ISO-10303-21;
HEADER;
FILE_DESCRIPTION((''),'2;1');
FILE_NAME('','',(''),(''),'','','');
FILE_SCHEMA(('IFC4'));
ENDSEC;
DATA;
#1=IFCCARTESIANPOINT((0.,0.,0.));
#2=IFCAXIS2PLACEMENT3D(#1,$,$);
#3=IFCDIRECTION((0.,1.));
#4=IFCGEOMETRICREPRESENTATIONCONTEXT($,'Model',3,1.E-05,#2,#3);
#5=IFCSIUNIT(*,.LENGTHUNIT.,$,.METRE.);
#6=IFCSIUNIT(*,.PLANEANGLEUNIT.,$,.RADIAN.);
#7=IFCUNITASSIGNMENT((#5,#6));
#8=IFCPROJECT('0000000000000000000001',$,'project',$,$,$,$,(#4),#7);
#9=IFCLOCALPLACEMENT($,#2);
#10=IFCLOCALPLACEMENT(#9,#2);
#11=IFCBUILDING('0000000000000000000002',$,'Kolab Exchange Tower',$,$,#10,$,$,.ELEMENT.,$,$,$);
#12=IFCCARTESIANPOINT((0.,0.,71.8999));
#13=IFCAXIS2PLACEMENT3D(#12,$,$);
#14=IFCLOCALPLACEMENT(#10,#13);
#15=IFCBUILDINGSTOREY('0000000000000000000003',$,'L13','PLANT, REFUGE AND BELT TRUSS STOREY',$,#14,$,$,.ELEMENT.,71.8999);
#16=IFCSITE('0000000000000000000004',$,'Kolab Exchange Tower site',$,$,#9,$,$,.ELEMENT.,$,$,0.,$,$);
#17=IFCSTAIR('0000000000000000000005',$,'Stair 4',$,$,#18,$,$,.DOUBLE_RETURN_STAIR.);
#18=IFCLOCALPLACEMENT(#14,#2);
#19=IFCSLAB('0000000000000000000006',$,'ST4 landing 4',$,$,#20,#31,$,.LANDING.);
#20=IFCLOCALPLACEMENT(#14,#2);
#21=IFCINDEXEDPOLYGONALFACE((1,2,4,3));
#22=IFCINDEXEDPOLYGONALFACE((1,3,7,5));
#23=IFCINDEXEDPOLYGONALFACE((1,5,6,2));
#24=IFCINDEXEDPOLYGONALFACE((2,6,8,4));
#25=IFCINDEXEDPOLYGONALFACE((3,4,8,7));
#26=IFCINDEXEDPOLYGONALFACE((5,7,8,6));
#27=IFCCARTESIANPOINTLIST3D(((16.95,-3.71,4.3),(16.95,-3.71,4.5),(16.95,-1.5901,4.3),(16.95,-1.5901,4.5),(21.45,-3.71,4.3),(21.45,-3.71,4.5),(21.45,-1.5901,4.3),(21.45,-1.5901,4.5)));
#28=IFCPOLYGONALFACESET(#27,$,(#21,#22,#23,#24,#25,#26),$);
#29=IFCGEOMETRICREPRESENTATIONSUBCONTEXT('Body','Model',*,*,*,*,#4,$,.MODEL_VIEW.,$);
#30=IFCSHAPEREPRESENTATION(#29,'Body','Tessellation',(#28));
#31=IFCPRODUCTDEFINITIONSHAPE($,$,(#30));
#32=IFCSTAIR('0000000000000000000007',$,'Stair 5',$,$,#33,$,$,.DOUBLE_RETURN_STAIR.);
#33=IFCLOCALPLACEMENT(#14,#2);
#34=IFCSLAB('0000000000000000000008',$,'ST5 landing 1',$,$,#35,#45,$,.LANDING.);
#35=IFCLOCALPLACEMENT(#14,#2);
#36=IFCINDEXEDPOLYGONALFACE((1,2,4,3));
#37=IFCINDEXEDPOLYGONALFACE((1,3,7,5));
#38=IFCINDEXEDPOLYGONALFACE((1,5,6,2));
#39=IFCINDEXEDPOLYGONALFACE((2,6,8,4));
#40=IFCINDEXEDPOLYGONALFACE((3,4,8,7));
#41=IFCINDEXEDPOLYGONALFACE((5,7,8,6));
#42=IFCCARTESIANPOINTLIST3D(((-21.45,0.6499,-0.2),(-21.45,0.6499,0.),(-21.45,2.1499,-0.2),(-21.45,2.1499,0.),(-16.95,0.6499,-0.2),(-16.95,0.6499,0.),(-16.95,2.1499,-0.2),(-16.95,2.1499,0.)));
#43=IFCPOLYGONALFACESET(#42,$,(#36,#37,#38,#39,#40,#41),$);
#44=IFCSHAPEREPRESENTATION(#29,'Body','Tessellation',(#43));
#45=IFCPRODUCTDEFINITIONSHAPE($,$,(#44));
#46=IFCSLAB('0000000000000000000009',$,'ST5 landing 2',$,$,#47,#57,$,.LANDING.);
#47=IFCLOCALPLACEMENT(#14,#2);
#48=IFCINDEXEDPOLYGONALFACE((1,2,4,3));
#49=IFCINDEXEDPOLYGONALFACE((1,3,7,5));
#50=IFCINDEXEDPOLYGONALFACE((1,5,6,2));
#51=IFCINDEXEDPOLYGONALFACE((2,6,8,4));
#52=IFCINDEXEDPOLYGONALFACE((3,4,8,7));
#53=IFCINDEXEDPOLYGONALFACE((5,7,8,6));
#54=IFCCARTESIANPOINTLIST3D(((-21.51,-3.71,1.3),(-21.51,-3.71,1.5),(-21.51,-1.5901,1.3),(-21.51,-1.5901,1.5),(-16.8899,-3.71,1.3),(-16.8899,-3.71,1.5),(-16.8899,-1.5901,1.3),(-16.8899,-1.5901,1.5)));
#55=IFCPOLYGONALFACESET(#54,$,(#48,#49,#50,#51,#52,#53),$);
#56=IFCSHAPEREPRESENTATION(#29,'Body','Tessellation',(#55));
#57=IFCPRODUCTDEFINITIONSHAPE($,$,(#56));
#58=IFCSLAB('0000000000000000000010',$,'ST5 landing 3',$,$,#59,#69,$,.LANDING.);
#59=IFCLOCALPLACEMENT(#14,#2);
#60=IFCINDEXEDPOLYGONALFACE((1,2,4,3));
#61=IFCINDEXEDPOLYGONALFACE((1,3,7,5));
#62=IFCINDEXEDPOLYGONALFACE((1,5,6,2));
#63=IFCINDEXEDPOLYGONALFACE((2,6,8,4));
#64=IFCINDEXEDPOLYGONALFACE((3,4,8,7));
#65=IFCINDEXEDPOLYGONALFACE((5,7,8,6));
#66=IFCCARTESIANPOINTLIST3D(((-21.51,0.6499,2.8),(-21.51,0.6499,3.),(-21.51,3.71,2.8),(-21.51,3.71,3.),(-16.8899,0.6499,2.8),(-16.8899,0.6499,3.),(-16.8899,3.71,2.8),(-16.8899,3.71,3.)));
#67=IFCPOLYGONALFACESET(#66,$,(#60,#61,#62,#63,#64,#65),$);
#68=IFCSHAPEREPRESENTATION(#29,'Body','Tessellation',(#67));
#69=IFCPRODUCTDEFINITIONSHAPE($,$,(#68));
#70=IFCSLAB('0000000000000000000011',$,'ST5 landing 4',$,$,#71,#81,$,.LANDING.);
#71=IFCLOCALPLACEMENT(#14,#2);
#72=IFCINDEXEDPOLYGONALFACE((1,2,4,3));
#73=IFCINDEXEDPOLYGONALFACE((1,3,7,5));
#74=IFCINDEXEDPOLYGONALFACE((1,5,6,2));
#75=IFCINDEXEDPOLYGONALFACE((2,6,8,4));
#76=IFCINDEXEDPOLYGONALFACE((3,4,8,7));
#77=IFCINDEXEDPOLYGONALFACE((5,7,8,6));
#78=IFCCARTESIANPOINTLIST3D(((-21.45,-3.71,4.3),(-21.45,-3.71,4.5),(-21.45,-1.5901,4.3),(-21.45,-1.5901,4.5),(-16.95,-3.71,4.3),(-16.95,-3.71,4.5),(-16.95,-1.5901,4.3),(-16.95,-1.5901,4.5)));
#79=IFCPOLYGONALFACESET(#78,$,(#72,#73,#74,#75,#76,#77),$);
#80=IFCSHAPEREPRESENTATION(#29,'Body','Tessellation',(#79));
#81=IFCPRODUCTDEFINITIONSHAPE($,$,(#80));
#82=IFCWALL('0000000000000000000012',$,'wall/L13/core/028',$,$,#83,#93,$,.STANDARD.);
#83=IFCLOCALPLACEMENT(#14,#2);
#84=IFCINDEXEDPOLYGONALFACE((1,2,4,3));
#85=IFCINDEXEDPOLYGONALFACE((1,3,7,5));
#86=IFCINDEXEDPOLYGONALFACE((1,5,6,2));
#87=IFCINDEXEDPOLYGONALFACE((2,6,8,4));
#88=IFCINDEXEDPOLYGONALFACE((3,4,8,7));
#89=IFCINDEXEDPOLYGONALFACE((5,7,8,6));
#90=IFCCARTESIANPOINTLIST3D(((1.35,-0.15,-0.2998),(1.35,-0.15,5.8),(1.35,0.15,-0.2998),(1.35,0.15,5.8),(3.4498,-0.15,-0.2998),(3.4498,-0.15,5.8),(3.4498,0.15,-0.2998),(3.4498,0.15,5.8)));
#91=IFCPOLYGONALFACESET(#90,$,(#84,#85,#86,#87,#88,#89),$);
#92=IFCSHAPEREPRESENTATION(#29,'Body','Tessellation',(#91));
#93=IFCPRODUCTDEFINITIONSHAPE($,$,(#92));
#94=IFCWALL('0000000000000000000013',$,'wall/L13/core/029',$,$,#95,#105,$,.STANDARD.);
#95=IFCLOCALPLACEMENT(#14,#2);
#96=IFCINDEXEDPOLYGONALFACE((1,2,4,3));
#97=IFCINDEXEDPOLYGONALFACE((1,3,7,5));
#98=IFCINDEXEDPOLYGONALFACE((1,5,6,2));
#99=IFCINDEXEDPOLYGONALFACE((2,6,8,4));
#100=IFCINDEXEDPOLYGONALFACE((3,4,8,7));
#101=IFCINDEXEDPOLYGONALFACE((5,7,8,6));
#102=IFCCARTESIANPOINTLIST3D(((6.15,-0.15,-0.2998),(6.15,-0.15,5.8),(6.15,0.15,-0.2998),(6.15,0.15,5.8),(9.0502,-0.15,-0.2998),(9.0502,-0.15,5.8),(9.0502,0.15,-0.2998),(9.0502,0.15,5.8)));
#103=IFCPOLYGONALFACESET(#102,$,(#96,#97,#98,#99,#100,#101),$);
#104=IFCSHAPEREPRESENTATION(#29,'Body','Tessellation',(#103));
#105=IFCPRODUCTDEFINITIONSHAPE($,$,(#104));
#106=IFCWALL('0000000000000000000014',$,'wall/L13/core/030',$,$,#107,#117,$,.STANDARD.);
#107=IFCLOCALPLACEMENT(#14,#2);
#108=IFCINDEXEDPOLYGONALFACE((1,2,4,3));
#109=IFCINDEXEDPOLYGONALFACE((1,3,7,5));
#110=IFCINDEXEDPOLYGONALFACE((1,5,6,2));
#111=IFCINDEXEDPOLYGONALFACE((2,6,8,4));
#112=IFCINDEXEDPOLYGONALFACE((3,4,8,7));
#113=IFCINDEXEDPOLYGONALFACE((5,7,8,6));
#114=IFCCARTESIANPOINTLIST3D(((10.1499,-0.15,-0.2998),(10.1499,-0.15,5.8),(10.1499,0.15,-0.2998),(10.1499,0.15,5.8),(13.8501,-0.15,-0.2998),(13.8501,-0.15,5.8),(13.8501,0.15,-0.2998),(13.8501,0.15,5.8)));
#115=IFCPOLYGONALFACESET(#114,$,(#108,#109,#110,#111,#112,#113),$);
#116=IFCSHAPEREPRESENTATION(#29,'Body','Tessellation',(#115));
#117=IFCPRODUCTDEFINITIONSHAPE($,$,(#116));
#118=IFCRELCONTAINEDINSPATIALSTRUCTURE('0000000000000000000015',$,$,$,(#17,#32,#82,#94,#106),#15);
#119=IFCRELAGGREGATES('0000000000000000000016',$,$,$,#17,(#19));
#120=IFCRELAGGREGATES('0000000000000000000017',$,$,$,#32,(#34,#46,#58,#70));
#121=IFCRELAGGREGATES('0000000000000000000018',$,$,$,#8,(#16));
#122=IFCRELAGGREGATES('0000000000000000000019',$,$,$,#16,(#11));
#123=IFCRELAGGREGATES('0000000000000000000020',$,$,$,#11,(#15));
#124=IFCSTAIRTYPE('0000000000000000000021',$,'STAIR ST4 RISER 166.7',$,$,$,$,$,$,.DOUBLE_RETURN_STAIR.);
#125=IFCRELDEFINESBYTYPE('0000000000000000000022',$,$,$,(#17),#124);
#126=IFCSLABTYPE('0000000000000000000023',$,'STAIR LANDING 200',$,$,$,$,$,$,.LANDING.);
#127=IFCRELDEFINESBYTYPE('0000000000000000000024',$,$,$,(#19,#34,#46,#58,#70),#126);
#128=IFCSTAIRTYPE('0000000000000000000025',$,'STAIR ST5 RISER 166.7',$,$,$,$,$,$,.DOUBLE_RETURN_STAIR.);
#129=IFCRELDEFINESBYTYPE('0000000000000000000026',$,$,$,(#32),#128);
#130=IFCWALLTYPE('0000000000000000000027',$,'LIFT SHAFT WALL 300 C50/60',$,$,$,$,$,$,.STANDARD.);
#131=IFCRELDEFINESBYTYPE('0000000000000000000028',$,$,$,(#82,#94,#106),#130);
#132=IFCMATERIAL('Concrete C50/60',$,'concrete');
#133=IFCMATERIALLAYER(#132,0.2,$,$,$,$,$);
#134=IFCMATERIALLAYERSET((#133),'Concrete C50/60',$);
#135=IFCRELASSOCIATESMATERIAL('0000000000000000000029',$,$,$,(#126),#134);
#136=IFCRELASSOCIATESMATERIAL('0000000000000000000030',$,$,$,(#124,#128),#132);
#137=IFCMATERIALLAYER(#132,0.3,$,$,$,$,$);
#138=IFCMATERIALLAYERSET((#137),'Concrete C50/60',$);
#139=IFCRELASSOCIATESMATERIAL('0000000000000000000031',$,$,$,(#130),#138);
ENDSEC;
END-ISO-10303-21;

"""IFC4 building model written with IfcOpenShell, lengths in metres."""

from ifc_helpers import new_model, si_unit, direction, frame, frame_2d, origin, place, context, subcontext, project, spatial, polyline, rectangle, outline, extrude, material, layer, layer_set, type_object, element, aggregate, save


model = new_model("IFC4")

# Units and contexts
model_context = context("Model", 3, precision=1e-05, world=origin(), true_north=direction((0.0, 1.0)))
body_context = subcontext(model_context, "Body", "Model", "MODEL_VIEW")
ifc_project = project(units=[si_unit("LENGTHUNIT", "METRE"), si_unit("PLANEANGLEUNIT", "RADIAN")], contexts=[model_context])

# Site, building, storey
site_placement = place(None, origin())
site = spatial("IfcSite", under=ifc_project, at=site_placement, Name="Kolab Exchange Tower site", CompositionType="ELEMENT", RefElevation=0.0)
building_placement = place(site_placement, origin())
building = spatial("IfcBuilding", under=site, at=building_placement, Name="Kolab Exchange Tower", CompositionType="ELEMENT")
storey_placement = place(building_placement, frame((0.0, 0.0, 71.8999)))
storey = spatial("IfcBuildingStorey", under=building, at=storey_placement, Name="L13", Description="PLANT, REFUGE AND BELT TRUSS STOREY", CompositionType="ELEMENT", Elevation=71.8999)

# Stairs, slabs
ifc_material_1 = material(Name="Concrete C50/60", Category="concrete")
ifc_layer_1 = layer(ifc_material_1, 0.2)
ifc_layer_set_1 = layer_set([ifc_layer_1], Name="Concrete C50/60")
slab_type = type_object("IfcSlabType", Name="STAIR LANDING 200", PredefinedType="LANDING", material=ifc_layer_set_1)
stair_type_1 = type_object("IfcStairType", Name="STAIR ST4 RISER 166.7", PredefinedType="DOUBLE_RETURN_STAIR", material=ifc_material_1)
stair_1_placement = place(storey_placement, origin())
stair_1 = element("IfcStair", 1, at=stair_1_placement, inside=storey, type_object=stair_type_1, Name="Stair 4", PredefinedType="DOUBLE_RETURN_STAIR")
slab_1_placement = place(storey_placement, frame((0.0, 0.0, 4.3)))
slab_1 = element("IfcSlab", 2, at=slab_1_placement, type_object=slab_type, Name="ST4 landing 4", PredefinedType="LANDING", context=body_context, shape_type="SweptSolid", body=[
    extrude(outline(polyline([(16.95, -3.71), (21.45, -3.71), (21.45, -1.5901), (16.95, -1.5901), (16.95, -3.71)])), origin(), (0.0, 0.0, 1.0), 0.2),
])
aggregate(stair_1, [slab_1])
stair_type_2 = type_object("IfcStairType", Name="STAIR ST5 RISER 166.7", PredefinedType="DOUBLE_RETURN_STAIR", material=ifc_material_1)
stair_2_placement = place(storey_placement, origin())
stair_2 = element("IfcStair", 3, at=stair_2_placement, inside=storey, type_object=stair_type_2, Name="Stair 5", PredefinedType="DOUBLE_RETURN_STAIR")
slab_2_placement = place(storey_placement, frame((0.0, 0.0, -0.2)))
slab_2 = element("IfcSlab", 4, at=slab_2_placement, type_object=slab_type, Name="ST5 landing 1", PredefinedType="LANDING", context=body_context, shape_type="SweptSolid", body=[
    extrude(outline(polyline([(-21.45, 0.6499), (-16.95, 0.6499), (-16.95, 2.1499), (-21.45, 2.1499), (-21.45, 0.6499)])), origin(), (0.0, 0.0, 1.0), 0.2),
])
slab_3_placement = place(storey_placement, frame((0.0, 0.0, 1.3)))
slab_3 = element("IfcSlab", 5, at=slab_3_placement, type_object=slab_type, Name="ST5 landing 2", PredefinedType="LANDING", context=body_context, shape_type="SweptSolid", body=[
    extrude(outline(polyline([(-21.51, -3.71), (-16.8899, -3.71), (-16.8899, -1.5901), (-21.51, -1.5901), (-21.51, -3.71)])), origin(), (0.0, 0.0, 1.0), 0.2),
])
slab_4_placement = place(storey_placement, frame((0.0, 0.0, 2.8)))
slab_4 = element("IfcSlab", 6, at=slab_4_placement, type_object=slab_type, Name="ST5 landing 3", PredefinedType="LANDING", context=body_context, shape_type="SweptSolid", body=[
    extrude(outline(polyline([(-21.51, 0.6499), (-16.8899, 0.6499), (-16.8899, 3.71), (-21.51, 3.71), (-21.51, 0.6499)])), origin(), (0.0, 0.0, 1.0), 0.2),
])
slab_5_placement = place(storey_placement, frame((0.0, 0.0, 4.3)))
slab_5 = element("IfcSlab", 7, at=slab_5_placement, type_object=slab_type, Name="ST5 landing 4", PredefinedType="LANDING", context=body_context, shape_type="SweptSolid", body=[
    extrude(outline(polyline([(-21.45, -3.71), (-16.95, -3.71), (-16.95, -1.5901), (-21.45, -1.5901), (-21.45, -3.71)])), origin(), (0.0, 0.0, 1.0), 0.2),
])
aggregate(stair_2, [slab_2, slab_3, slab_4, slab_5])

# Walls
ifc_layer_2 = layer(ifc_material_1, 0.3)
ifc_layer_set_2 = layer_set([ifc_layer_2], Name="Concrete C50/60")
wall_type = type_object("IfcWallType", Name="LIFT SHAFT WALL 300 C50/60", PredefinedType="STANDARD", material=ifc_layer_set_2)
wall_1_placement = place(storey_placement, frame((1.3501, 0.0, -0.2998), z_axis=(0.0, 0.0, 1.0), x_axis=(1.0, 0.0, 0.0)))
element("IfcWall", 8, at=wall_1_placement, inside=storey, type_object=wall_type, Name="wall/L13/core/028", PredefinedType="STANDARD", context=body_context, shape_type="SweptSolid", body=[
    extrude(rectangle(XDim=2.0999, YDim=0.3, at=frame_2d((1.0498, 0.0))), origin(), (0.0, 0.0, 1.0), 6.0999),
])
wall_2_placement = place(storey_placement, frame((6.1499, 0.0, -0.2998), z_axis=(0.0, 0.0, 1.0), x_axis=(1.0, 0.0, 0.0)))
element("IfcWall", 9, at=wall_2_placement, inside=storey, type_object=wall_type, Name="wall/L13/core/029", PredefinedType="STANDARD", context=body_context, shape_type="SweptSolid", body=[
    extrude(rectangle(XDim=2.9001, YDim=0.3, at=frame_2d((1.4502, 0.0))), origin(), (0.0, 0.0, 1.0), 6.0999),
])
wall_3_placement = place(storey_placement, frame((10.1499, 0.0, -0.2998), z_axis=(0.0, 0.0, 1.0), x_axis=(1.0, 0.0, 0.0)))
element("IfcWall", 10, at=wall_3_placement, inside=storey, type_object=wall_type, Name="wall/L13/core/030", PredefinedType="STANDARD", context=body_context, shape_type="SweptSolid", body=[
    extrude(rectangle(XDim=3.7002, YDim=0.3, at=frame_2d((1.8501, 0.0))), origin(), (0.0, 0.0, 1.0), 6.0999),
])

save(model, "model.ifc")
